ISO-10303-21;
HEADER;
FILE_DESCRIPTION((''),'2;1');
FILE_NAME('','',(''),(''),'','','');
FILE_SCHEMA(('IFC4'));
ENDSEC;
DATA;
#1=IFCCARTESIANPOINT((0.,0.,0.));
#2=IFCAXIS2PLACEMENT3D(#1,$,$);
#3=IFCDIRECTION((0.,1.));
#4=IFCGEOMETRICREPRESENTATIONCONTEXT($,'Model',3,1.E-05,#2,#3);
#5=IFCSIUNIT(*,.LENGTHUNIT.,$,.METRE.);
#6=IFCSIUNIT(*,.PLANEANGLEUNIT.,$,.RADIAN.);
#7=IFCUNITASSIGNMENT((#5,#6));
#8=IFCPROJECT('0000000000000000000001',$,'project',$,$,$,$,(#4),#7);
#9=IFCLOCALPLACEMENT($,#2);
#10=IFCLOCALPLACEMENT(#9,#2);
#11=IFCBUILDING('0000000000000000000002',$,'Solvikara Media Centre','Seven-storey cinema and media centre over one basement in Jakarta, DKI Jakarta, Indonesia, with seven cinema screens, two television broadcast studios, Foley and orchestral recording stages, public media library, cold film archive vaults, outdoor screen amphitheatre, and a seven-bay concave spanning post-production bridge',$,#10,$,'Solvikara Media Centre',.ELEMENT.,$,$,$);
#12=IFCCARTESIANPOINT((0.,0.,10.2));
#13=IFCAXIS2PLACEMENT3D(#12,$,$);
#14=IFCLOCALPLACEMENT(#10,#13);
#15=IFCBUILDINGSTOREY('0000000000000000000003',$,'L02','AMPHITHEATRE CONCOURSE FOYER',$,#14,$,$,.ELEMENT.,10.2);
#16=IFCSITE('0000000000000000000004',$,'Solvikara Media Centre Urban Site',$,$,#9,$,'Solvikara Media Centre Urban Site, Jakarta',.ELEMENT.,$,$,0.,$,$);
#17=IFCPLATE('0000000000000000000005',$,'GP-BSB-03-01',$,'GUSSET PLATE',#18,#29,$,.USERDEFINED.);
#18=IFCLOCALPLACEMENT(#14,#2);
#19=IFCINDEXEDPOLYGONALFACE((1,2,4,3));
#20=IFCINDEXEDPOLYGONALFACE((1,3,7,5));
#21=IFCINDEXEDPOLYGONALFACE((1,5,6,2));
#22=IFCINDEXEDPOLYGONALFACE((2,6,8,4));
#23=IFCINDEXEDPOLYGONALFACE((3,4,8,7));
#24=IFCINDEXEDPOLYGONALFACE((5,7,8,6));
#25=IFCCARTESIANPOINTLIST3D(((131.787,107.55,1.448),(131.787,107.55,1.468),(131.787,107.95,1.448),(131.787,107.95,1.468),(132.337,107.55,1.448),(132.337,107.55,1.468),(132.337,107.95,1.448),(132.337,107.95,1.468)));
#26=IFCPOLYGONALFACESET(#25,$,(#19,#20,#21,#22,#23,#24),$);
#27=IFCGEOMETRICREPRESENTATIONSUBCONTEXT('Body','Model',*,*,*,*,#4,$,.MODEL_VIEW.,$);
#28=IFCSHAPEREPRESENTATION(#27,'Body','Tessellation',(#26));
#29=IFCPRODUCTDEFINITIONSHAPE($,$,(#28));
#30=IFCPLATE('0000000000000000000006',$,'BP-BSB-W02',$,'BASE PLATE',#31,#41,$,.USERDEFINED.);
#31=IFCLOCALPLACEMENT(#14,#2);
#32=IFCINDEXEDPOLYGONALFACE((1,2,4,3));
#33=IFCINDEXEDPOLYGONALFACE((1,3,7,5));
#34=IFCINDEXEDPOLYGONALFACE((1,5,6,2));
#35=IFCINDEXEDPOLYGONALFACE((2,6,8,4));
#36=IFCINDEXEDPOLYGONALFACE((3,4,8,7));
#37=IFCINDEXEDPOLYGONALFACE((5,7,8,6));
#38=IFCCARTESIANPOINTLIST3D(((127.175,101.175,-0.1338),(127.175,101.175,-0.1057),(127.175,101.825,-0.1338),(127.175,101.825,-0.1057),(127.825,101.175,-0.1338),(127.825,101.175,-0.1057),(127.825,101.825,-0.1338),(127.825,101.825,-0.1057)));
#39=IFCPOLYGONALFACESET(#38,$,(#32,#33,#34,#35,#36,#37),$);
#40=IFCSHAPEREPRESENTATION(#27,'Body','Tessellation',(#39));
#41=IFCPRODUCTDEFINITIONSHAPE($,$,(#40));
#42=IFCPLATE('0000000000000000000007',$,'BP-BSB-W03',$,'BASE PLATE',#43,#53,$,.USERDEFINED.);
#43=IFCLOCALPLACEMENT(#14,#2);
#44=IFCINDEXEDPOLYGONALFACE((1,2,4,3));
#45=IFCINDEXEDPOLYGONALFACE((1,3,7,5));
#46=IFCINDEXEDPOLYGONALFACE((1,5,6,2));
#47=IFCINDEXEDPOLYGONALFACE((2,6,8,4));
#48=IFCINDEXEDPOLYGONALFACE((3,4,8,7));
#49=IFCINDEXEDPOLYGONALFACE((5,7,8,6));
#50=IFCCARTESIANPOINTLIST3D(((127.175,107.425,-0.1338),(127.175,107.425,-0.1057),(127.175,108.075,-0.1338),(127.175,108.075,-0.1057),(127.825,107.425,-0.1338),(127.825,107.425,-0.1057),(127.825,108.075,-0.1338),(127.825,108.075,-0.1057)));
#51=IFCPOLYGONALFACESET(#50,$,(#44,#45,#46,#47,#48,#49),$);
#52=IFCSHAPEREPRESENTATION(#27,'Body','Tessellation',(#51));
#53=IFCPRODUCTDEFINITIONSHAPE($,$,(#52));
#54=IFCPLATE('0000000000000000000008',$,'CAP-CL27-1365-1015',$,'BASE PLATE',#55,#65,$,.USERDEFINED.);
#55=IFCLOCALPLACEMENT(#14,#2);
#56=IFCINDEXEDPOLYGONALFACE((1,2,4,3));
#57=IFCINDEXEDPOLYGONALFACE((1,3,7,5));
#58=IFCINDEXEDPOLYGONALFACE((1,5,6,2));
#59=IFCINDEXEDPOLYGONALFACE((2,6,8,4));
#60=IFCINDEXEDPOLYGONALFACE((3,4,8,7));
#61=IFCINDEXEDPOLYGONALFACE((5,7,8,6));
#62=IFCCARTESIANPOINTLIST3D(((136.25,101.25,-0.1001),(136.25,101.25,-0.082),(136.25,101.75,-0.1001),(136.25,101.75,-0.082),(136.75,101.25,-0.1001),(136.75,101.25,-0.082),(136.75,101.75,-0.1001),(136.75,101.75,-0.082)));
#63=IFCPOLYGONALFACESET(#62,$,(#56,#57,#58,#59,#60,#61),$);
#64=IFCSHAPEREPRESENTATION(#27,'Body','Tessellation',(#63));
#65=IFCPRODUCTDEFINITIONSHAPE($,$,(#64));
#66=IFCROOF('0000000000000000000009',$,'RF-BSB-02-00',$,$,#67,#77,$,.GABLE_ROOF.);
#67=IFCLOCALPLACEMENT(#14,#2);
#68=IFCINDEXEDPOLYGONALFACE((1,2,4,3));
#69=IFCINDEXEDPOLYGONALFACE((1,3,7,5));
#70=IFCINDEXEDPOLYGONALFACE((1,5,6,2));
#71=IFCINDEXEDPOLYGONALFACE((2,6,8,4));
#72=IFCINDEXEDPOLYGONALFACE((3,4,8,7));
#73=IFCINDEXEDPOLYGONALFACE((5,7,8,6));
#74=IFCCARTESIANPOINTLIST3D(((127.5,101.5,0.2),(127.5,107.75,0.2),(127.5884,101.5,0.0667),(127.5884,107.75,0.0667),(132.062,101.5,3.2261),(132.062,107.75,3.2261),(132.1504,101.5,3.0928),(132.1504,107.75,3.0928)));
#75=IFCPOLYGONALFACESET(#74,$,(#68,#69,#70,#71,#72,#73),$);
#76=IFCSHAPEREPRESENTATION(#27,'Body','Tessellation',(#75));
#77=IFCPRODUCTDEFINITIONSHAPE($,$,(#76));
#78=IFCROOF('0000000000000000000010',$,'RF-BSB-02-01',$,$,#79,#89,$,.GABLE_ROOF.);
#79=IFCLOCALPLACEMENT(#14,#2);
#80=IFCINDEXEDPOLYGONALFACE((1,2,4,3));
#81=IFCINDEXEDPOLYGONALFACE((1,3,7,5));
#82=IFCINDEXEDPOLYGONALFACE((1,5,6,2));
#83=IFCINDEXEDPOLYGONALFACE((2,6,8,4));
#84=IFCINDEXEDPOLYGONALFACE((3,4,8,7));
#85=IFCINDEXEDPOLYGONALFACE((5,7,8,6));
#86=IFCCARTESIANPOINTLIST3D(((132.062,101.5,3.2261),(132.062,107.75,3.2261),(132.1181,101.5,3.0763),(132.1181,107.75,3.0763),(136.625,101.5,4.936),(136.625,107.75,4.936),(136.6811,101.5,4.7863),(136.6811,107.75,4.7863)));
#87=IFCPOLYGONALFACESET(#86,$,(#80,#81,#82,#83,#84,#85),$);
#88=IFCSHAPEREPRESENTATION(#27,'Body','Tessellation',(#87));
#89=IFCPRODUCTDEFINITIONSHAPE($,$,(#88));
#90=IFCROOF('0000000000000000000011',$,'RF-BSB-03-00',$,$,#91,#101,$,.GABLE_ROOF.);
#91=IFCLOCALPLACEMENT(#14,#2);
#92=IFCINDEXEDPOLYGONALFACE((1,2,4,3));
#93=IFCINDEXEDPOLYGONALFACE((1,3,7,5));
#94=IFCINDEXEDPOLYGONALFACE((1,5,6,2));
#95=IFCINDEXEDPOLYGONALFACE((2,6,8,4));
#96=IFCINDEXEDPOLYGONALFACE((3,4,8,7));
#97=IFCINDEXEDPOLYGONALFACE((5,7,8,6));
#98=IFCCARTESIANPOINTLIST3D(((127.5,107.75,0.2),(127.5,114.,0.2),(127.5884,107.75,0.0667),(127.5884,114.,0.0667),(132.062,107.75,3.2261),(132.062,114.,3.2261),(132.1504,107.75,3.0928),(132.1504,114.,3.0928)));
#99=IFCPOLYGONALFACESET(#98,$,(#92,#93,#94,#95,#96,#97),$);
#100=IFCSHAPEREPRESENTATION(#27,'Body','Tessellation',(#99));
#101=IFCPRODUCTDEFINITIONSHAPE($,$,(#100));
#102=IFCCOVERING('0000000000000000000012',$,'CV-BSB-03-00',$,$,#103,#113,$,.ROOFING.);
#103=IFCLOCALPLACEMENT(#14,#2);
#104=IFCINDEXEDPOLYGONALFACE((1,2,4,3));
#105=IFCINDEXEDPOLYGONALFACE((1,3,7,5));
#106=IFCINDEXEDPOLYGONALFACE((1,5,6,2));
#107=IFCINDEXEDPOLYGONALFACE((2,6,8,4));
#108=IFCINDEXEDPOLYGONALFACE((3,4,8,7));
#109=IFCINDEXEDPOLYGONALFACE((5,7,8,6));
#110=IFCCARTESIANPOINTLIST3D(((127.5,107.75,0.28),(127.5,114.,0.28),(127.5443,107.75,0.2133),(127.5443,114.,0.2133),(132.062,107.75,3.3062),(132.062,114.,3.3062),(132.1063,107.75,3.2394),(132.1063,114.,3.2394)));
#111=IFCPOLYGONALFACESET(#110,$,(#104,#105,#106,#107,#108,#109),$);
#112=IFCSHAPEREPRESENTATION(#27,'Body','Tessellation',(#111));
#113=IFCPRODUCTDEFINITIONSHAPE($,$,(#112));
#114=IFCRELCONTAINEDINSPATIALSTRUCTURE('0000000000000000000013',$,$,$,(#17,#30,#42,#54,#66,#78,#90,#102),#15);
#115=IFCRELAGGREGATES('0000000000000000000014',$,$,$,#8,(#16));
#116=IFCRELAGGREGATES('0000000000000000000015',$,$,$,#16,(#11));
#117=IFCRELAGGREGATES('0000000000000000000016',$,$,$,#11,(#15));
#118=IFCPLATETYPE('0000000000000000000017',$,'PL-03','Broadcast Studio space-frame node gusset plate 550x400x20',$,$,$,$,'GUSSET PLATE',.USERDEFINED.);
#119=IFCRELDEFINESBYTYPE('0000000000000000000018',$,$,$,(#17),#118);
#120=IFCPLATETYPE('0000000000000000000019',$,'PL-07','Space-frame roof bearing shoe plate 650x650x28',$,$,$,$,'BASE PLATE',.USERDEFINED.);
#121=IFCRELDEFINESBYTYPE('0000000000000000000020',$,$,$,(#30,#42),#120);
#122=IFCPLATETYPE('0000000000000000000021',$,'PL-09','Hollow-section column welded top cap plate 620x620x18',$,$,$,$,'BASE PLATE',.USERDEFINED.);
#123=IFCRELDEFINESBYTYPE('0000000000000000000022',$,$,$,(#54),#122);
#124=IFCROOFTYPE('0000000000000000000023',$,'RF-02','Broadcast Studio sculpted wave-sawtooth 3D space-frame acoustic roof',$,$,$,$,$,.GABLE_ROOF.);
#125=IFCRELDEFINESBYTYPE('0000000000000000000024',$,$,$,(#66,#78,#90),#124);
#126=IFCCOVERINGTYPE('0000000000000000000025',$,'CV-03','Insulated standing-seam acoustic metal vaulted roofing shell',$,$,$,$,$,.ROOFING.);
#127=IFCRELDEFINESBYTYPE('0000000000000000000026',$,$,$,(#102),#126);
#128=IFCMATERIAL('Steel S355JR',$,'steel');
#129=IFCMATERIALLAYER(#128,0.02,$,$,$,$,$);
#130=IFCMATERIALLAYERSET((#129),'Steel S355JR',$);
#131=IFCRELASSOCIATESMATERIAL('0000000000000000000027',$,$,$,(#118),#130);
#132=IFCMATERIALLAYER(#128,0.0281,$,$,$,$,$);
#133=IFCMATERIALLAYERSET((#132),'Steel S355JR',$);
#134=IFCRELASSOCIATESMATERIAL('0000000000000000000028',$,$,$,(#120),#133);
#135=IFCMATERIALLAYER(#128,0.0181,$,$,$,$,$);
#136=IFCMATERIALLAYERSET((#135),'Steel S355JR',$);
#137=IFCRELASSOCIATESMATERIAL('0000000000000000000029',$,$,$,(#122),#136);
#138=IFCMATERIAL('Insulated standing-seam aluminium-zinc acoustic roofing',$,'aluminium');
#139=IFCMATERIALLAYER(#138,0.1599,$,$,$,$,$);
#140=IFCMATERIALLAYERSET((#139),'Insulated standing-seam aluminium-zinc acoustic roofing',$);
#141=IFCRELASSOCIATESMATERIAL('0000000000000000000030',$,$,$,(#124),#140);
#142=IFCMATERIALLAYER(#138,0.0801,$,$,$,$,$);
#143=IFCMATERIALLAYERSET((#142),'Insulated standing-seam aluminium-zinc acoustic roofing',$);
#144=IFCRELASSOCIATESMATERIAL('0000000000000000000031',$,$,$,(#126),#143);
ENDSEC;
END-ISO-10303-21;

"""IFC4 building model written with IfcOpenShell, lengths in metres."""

from ifc_helpers import new_model, si_unit, direction, frame, origin, origin_2d, place, context, subcontext, project, spatial, polyline, rectangle, outline, extrude, material, layer, layer_set, type_object, element, save


model = new_model("IFC4")

# Units and contexts
model_context = context("Model", 3, precision=1e-05, world=origin(), true_north=direction((0.0, 1.0)))
body_context = subcontext(model_context, "Body", "Model", "MODEL_VIEW")
ifc_project = project(units=[si_unit("LENGTHUNIT", "METRE"), si_unit("PLANEANGLEUNIT", "RADIAN")], contexts=[model_context])

# Site, building, storey
site_placement = place(None, origin())
site = spatial("IfcSite", under=ifc_project, at=site_placement, Name="Solvikara Media Centre Urban Site", LongName="Solvikara Media Centre Urban Site, Jakarta", CompositionType="ELEMENT", RefElevation=0.0)
building_placement = place(site_placement, origin())
building = spatial("IfcBuilding", under=site, at=building_placement, Name="Solvikara Media Centre", Description="Seven-storey cinema and media centre over one basement in Jakarta, DKI Jakarta, Indonesia, with seven cinema screens, two television broadcast studios, Foley and orchestral recording stages, public media library, cold film archive vaults, outdoor screen amphitheatre, and a seven-bay concave spanning post-production bridge", LongName="Solvikara Media Centre", CompositionType="ELEMENT")
storey_placement = place(building_placement, frame((0.0, 0.0, 10.2)))
storey = spatial("IfcBuildingStorey", under=building, at=storey_placement, Name="L02", Description="AMPHITHEATRE CONCOURSE FOYER", CompositionType="ELEMENT", Elevation=10.2)

# Shared definitions
ifc_material_1 = material(Name="Steel S355JR", Category="steel")

# Plates
ifc_layer_1 = layer(ifc_material_1, 0.02)
ifc_layer_set_1 = layer_set([ifc_layer_1], Name="Steel S355JR")
plate_type_1 = type_object("IfcPlateType", Name="PL-03", Description="Broadcast Studio space-frame node gusset plate 550x400x20", ElementType="GUSSET PLATE", PredefinedType="USERDEFINED", material=ifc_layer_set_1)
plate_1_placement = place(storey_placement, frame((132.062, 107.75, 1.448), z_axis=(0.0, 0.0, 1.0), x_axis=(1.0, 0.0, 0.0)))
element("IfcPlate", 1, at=plate_1_placement, inside=storey, type_object=plate_type_1, Name="GP-BSB-03-01", ObjectType="GUSSET PLATE", PredefinedType="USERDEFINED", context=body_context, shape_type="SweptSolid", body=[
    extrude(rectangle(XDim=0.55, YDim=0.3999, at=origin_2d()), origin(), (0.0, 0.0, 1.0), 0.02),
])
ifc_layer_2 = layer(ifc_material_1, 0.0281)
ifc_layer_set_2 = layer_set([ifc_layer_2], Name="Steel S355JR")
plate_type_2 = type_object("IfcPlateType", Name="PL-07", Description="Space-frame roof bearing shoe plate 650x650x28", ElementType="BASE PLATE", PredefinedType="USERDEFINED", material=ifc_layer_set_2)
for number, where, z_axis, x_axis, name in (
    (2, (127.5, 101.5, -0.1338), (0.0, 0.0, 1.0), (1.0, 0.0, 0.0), "BP-BSB-W02"),
    (3, (127.5, 107.75, -0.1338), (0.0, 0.0, 1.0), (1.0, 0.0, 0.0), "BP-BSB-W03"),
):
    element("IfcPlate", number, at=place(storey_placement, frame(where, z_axis=z_axis, x_axis=x_axis)), inside=storey, type_object=plate_type_2, Name=name, ObjectType="BASE PLATE", PredefinedType="USERDEFINED", context=body_context, shape_type="SweptSolid", body=[
        extrude(rectangle(XDim=0.6499, YDim=0.6499, at=origin_2d()), origin(), (0.0, 0.0, 1.0), 0.0281),
    ])
ifc_layer_3 = layer(ifc_material_1, 0.0181)
ifc_layer_set_3 = layer_set([ifc_layer_3], Name="Steel S355JR")
plate_type_3 = type_object("IfcPlateType", Name="PL-09", Description="Hollow-section column welded top cap plate 620x620x18", ElementType="BASE PLATE", PredefinedType="USERDEFINED", material=ifc_layer_set_3)
plate_2_placement = place(storey_placement, frame((136.5, 101.5, -0.1001), z_axis=(0.0, 0.0, 1.0), x_axis=(1.0, 0.0, 0.0)))
element("IfcPlate", 4, at=plate_2_placement, inside=storey, type_object=plate_type_3, Name="CAP-CL27-1365-1015", ObjectType="BASE PLATE", PredefinedType="USERDEFINED", context=body_context, shape_type="SweptSolid", body=[
    extrude(rectangle(XDim=0.5, YDim=0.5, at=origin_2d()), origin(), (0.0, 0.0, 1.0), 0.0181),
])

# Roofs
ifc_material_2 = material(Name="Insulated standing-seam aluminium-zinc acoustic roofing", Category="aluminium")
ifc_layer_4 = layer(ifc_material_2, 0.1599)
ifc_layer_set_4 = layer_set([ifc_layer_4], Name="Insulated standing-seam aluminium-zinc acoustic roofing")
roof_type = type_object("IfcRoofType", Name="RF-02", Description="Broadcast Studio sculpted wave-sawtooth 3D space-frame acoustic roof", PredefinedType="GABLE_ROOF", material=ifc_layer_set_4)
roof_1_placement = place(storey_placement, frame((127.5, 101.5, 0.2), z_axis=(-0.552774, 0.0, 0.833331), x_axis=(0.833331, 0.0, 0.552774)))
element("IfcRoof", 5, at=roof_1_placement, inside=storey, type_object=roof_type, Name="RF-BSB-02-00", PredefinedType="GABLE_ROOF", context=body_context, shape_type="SweptSolid", body=[
    extrude(outline(polyline([(0.0, 0.0), (5.4744, 0.0), (5.4744, 6.25), (0.0, 6.25), (0.0, 0.0)])), origin(), (0.0, 0.0, -1.0), 0.1599),
])
roof_2_placement = place(storey_placement, frame((132.062, 101.5, 3.2261), z_axis=(-0.350915, 0.0, 0.936407), x_axis=(0.936407, 0.0, 0.350915)))
element("IfcRoof", 6, at=roof_2_placement, inside=storey, type_object=roof_type, Name="RF-BSB-02-01", PredefinedType="GABLE_ROOF", context=body_context, shape_type="SweptSolid", body=[
    extrude(outline(polyline([(0.0, 0.0), (4.8729, 0.0), (4.8729, 6.25), (0.0, 6.25), (0.0, 0.0)])), origin(), (0.0, 0.0, -1.0), 0.1599),
])
roof_3_placement = place(storey_placement, frame((127.5, 107.75, 0.2), z_axis=(-0.552774, 0.0, 0.833331), x_axis=(0.833331, 0.0, 0.552774)))
element("IfcRoof", 7, at=roof_3_placement, inside=storey, type_object=roof_type, Name="RF-BSB-03-00", PredefinedType="GABLE_ROOF", context=body_context, shape_type="SweptSolid", body=[
    extrude(outline(polyline([(0.0, 0.0), (5.4744, 0.0), (5.4744, 6.25), (0.0, 6.25), (0.0, 0.0)])), origin(), (0.0, 0.0, -1.0), 0.1599),
])

# Covering
ifc_layer_5 = layer(ifc_material_2, 0.0801)
ifc_layer_set_5 = layer_set([ifc_layer_5], Name="Insulated standing-seam aluminium-zinc acoustic roofing")
covering_type = type_object("IfcCoveringType", Name="CV-03", Description="Insulated standing-seam acoustic metal vaulted roofing shell", PredefinedType="ROOFING", material=ifc_layer_set_5)
covering_placement = place(storey_placement, frame((127.5, 107.75, 0.28), z_axis=(-0.552774, 0.0, 0.833331), x_axis=(0.833331, 0.0, 0.552774)))
element("IfcCovering", 8, at=covering_placement, inside=storey, type_object=covering_type, Name="CV-BSB-03-00", PredefinedType="ROOFING", context=body_context, shape_type="SweptSolid", body=[
    extrude(outline(polyline([(0.0, 0.0), (5.4744, 0.0), (5.4744, 6.25), (0.0, 6.25), (0.0, 0.0)])), origin(), (0.0, 0.0, -1.0), 0.0801),
])

save(model, "model.ifc")
